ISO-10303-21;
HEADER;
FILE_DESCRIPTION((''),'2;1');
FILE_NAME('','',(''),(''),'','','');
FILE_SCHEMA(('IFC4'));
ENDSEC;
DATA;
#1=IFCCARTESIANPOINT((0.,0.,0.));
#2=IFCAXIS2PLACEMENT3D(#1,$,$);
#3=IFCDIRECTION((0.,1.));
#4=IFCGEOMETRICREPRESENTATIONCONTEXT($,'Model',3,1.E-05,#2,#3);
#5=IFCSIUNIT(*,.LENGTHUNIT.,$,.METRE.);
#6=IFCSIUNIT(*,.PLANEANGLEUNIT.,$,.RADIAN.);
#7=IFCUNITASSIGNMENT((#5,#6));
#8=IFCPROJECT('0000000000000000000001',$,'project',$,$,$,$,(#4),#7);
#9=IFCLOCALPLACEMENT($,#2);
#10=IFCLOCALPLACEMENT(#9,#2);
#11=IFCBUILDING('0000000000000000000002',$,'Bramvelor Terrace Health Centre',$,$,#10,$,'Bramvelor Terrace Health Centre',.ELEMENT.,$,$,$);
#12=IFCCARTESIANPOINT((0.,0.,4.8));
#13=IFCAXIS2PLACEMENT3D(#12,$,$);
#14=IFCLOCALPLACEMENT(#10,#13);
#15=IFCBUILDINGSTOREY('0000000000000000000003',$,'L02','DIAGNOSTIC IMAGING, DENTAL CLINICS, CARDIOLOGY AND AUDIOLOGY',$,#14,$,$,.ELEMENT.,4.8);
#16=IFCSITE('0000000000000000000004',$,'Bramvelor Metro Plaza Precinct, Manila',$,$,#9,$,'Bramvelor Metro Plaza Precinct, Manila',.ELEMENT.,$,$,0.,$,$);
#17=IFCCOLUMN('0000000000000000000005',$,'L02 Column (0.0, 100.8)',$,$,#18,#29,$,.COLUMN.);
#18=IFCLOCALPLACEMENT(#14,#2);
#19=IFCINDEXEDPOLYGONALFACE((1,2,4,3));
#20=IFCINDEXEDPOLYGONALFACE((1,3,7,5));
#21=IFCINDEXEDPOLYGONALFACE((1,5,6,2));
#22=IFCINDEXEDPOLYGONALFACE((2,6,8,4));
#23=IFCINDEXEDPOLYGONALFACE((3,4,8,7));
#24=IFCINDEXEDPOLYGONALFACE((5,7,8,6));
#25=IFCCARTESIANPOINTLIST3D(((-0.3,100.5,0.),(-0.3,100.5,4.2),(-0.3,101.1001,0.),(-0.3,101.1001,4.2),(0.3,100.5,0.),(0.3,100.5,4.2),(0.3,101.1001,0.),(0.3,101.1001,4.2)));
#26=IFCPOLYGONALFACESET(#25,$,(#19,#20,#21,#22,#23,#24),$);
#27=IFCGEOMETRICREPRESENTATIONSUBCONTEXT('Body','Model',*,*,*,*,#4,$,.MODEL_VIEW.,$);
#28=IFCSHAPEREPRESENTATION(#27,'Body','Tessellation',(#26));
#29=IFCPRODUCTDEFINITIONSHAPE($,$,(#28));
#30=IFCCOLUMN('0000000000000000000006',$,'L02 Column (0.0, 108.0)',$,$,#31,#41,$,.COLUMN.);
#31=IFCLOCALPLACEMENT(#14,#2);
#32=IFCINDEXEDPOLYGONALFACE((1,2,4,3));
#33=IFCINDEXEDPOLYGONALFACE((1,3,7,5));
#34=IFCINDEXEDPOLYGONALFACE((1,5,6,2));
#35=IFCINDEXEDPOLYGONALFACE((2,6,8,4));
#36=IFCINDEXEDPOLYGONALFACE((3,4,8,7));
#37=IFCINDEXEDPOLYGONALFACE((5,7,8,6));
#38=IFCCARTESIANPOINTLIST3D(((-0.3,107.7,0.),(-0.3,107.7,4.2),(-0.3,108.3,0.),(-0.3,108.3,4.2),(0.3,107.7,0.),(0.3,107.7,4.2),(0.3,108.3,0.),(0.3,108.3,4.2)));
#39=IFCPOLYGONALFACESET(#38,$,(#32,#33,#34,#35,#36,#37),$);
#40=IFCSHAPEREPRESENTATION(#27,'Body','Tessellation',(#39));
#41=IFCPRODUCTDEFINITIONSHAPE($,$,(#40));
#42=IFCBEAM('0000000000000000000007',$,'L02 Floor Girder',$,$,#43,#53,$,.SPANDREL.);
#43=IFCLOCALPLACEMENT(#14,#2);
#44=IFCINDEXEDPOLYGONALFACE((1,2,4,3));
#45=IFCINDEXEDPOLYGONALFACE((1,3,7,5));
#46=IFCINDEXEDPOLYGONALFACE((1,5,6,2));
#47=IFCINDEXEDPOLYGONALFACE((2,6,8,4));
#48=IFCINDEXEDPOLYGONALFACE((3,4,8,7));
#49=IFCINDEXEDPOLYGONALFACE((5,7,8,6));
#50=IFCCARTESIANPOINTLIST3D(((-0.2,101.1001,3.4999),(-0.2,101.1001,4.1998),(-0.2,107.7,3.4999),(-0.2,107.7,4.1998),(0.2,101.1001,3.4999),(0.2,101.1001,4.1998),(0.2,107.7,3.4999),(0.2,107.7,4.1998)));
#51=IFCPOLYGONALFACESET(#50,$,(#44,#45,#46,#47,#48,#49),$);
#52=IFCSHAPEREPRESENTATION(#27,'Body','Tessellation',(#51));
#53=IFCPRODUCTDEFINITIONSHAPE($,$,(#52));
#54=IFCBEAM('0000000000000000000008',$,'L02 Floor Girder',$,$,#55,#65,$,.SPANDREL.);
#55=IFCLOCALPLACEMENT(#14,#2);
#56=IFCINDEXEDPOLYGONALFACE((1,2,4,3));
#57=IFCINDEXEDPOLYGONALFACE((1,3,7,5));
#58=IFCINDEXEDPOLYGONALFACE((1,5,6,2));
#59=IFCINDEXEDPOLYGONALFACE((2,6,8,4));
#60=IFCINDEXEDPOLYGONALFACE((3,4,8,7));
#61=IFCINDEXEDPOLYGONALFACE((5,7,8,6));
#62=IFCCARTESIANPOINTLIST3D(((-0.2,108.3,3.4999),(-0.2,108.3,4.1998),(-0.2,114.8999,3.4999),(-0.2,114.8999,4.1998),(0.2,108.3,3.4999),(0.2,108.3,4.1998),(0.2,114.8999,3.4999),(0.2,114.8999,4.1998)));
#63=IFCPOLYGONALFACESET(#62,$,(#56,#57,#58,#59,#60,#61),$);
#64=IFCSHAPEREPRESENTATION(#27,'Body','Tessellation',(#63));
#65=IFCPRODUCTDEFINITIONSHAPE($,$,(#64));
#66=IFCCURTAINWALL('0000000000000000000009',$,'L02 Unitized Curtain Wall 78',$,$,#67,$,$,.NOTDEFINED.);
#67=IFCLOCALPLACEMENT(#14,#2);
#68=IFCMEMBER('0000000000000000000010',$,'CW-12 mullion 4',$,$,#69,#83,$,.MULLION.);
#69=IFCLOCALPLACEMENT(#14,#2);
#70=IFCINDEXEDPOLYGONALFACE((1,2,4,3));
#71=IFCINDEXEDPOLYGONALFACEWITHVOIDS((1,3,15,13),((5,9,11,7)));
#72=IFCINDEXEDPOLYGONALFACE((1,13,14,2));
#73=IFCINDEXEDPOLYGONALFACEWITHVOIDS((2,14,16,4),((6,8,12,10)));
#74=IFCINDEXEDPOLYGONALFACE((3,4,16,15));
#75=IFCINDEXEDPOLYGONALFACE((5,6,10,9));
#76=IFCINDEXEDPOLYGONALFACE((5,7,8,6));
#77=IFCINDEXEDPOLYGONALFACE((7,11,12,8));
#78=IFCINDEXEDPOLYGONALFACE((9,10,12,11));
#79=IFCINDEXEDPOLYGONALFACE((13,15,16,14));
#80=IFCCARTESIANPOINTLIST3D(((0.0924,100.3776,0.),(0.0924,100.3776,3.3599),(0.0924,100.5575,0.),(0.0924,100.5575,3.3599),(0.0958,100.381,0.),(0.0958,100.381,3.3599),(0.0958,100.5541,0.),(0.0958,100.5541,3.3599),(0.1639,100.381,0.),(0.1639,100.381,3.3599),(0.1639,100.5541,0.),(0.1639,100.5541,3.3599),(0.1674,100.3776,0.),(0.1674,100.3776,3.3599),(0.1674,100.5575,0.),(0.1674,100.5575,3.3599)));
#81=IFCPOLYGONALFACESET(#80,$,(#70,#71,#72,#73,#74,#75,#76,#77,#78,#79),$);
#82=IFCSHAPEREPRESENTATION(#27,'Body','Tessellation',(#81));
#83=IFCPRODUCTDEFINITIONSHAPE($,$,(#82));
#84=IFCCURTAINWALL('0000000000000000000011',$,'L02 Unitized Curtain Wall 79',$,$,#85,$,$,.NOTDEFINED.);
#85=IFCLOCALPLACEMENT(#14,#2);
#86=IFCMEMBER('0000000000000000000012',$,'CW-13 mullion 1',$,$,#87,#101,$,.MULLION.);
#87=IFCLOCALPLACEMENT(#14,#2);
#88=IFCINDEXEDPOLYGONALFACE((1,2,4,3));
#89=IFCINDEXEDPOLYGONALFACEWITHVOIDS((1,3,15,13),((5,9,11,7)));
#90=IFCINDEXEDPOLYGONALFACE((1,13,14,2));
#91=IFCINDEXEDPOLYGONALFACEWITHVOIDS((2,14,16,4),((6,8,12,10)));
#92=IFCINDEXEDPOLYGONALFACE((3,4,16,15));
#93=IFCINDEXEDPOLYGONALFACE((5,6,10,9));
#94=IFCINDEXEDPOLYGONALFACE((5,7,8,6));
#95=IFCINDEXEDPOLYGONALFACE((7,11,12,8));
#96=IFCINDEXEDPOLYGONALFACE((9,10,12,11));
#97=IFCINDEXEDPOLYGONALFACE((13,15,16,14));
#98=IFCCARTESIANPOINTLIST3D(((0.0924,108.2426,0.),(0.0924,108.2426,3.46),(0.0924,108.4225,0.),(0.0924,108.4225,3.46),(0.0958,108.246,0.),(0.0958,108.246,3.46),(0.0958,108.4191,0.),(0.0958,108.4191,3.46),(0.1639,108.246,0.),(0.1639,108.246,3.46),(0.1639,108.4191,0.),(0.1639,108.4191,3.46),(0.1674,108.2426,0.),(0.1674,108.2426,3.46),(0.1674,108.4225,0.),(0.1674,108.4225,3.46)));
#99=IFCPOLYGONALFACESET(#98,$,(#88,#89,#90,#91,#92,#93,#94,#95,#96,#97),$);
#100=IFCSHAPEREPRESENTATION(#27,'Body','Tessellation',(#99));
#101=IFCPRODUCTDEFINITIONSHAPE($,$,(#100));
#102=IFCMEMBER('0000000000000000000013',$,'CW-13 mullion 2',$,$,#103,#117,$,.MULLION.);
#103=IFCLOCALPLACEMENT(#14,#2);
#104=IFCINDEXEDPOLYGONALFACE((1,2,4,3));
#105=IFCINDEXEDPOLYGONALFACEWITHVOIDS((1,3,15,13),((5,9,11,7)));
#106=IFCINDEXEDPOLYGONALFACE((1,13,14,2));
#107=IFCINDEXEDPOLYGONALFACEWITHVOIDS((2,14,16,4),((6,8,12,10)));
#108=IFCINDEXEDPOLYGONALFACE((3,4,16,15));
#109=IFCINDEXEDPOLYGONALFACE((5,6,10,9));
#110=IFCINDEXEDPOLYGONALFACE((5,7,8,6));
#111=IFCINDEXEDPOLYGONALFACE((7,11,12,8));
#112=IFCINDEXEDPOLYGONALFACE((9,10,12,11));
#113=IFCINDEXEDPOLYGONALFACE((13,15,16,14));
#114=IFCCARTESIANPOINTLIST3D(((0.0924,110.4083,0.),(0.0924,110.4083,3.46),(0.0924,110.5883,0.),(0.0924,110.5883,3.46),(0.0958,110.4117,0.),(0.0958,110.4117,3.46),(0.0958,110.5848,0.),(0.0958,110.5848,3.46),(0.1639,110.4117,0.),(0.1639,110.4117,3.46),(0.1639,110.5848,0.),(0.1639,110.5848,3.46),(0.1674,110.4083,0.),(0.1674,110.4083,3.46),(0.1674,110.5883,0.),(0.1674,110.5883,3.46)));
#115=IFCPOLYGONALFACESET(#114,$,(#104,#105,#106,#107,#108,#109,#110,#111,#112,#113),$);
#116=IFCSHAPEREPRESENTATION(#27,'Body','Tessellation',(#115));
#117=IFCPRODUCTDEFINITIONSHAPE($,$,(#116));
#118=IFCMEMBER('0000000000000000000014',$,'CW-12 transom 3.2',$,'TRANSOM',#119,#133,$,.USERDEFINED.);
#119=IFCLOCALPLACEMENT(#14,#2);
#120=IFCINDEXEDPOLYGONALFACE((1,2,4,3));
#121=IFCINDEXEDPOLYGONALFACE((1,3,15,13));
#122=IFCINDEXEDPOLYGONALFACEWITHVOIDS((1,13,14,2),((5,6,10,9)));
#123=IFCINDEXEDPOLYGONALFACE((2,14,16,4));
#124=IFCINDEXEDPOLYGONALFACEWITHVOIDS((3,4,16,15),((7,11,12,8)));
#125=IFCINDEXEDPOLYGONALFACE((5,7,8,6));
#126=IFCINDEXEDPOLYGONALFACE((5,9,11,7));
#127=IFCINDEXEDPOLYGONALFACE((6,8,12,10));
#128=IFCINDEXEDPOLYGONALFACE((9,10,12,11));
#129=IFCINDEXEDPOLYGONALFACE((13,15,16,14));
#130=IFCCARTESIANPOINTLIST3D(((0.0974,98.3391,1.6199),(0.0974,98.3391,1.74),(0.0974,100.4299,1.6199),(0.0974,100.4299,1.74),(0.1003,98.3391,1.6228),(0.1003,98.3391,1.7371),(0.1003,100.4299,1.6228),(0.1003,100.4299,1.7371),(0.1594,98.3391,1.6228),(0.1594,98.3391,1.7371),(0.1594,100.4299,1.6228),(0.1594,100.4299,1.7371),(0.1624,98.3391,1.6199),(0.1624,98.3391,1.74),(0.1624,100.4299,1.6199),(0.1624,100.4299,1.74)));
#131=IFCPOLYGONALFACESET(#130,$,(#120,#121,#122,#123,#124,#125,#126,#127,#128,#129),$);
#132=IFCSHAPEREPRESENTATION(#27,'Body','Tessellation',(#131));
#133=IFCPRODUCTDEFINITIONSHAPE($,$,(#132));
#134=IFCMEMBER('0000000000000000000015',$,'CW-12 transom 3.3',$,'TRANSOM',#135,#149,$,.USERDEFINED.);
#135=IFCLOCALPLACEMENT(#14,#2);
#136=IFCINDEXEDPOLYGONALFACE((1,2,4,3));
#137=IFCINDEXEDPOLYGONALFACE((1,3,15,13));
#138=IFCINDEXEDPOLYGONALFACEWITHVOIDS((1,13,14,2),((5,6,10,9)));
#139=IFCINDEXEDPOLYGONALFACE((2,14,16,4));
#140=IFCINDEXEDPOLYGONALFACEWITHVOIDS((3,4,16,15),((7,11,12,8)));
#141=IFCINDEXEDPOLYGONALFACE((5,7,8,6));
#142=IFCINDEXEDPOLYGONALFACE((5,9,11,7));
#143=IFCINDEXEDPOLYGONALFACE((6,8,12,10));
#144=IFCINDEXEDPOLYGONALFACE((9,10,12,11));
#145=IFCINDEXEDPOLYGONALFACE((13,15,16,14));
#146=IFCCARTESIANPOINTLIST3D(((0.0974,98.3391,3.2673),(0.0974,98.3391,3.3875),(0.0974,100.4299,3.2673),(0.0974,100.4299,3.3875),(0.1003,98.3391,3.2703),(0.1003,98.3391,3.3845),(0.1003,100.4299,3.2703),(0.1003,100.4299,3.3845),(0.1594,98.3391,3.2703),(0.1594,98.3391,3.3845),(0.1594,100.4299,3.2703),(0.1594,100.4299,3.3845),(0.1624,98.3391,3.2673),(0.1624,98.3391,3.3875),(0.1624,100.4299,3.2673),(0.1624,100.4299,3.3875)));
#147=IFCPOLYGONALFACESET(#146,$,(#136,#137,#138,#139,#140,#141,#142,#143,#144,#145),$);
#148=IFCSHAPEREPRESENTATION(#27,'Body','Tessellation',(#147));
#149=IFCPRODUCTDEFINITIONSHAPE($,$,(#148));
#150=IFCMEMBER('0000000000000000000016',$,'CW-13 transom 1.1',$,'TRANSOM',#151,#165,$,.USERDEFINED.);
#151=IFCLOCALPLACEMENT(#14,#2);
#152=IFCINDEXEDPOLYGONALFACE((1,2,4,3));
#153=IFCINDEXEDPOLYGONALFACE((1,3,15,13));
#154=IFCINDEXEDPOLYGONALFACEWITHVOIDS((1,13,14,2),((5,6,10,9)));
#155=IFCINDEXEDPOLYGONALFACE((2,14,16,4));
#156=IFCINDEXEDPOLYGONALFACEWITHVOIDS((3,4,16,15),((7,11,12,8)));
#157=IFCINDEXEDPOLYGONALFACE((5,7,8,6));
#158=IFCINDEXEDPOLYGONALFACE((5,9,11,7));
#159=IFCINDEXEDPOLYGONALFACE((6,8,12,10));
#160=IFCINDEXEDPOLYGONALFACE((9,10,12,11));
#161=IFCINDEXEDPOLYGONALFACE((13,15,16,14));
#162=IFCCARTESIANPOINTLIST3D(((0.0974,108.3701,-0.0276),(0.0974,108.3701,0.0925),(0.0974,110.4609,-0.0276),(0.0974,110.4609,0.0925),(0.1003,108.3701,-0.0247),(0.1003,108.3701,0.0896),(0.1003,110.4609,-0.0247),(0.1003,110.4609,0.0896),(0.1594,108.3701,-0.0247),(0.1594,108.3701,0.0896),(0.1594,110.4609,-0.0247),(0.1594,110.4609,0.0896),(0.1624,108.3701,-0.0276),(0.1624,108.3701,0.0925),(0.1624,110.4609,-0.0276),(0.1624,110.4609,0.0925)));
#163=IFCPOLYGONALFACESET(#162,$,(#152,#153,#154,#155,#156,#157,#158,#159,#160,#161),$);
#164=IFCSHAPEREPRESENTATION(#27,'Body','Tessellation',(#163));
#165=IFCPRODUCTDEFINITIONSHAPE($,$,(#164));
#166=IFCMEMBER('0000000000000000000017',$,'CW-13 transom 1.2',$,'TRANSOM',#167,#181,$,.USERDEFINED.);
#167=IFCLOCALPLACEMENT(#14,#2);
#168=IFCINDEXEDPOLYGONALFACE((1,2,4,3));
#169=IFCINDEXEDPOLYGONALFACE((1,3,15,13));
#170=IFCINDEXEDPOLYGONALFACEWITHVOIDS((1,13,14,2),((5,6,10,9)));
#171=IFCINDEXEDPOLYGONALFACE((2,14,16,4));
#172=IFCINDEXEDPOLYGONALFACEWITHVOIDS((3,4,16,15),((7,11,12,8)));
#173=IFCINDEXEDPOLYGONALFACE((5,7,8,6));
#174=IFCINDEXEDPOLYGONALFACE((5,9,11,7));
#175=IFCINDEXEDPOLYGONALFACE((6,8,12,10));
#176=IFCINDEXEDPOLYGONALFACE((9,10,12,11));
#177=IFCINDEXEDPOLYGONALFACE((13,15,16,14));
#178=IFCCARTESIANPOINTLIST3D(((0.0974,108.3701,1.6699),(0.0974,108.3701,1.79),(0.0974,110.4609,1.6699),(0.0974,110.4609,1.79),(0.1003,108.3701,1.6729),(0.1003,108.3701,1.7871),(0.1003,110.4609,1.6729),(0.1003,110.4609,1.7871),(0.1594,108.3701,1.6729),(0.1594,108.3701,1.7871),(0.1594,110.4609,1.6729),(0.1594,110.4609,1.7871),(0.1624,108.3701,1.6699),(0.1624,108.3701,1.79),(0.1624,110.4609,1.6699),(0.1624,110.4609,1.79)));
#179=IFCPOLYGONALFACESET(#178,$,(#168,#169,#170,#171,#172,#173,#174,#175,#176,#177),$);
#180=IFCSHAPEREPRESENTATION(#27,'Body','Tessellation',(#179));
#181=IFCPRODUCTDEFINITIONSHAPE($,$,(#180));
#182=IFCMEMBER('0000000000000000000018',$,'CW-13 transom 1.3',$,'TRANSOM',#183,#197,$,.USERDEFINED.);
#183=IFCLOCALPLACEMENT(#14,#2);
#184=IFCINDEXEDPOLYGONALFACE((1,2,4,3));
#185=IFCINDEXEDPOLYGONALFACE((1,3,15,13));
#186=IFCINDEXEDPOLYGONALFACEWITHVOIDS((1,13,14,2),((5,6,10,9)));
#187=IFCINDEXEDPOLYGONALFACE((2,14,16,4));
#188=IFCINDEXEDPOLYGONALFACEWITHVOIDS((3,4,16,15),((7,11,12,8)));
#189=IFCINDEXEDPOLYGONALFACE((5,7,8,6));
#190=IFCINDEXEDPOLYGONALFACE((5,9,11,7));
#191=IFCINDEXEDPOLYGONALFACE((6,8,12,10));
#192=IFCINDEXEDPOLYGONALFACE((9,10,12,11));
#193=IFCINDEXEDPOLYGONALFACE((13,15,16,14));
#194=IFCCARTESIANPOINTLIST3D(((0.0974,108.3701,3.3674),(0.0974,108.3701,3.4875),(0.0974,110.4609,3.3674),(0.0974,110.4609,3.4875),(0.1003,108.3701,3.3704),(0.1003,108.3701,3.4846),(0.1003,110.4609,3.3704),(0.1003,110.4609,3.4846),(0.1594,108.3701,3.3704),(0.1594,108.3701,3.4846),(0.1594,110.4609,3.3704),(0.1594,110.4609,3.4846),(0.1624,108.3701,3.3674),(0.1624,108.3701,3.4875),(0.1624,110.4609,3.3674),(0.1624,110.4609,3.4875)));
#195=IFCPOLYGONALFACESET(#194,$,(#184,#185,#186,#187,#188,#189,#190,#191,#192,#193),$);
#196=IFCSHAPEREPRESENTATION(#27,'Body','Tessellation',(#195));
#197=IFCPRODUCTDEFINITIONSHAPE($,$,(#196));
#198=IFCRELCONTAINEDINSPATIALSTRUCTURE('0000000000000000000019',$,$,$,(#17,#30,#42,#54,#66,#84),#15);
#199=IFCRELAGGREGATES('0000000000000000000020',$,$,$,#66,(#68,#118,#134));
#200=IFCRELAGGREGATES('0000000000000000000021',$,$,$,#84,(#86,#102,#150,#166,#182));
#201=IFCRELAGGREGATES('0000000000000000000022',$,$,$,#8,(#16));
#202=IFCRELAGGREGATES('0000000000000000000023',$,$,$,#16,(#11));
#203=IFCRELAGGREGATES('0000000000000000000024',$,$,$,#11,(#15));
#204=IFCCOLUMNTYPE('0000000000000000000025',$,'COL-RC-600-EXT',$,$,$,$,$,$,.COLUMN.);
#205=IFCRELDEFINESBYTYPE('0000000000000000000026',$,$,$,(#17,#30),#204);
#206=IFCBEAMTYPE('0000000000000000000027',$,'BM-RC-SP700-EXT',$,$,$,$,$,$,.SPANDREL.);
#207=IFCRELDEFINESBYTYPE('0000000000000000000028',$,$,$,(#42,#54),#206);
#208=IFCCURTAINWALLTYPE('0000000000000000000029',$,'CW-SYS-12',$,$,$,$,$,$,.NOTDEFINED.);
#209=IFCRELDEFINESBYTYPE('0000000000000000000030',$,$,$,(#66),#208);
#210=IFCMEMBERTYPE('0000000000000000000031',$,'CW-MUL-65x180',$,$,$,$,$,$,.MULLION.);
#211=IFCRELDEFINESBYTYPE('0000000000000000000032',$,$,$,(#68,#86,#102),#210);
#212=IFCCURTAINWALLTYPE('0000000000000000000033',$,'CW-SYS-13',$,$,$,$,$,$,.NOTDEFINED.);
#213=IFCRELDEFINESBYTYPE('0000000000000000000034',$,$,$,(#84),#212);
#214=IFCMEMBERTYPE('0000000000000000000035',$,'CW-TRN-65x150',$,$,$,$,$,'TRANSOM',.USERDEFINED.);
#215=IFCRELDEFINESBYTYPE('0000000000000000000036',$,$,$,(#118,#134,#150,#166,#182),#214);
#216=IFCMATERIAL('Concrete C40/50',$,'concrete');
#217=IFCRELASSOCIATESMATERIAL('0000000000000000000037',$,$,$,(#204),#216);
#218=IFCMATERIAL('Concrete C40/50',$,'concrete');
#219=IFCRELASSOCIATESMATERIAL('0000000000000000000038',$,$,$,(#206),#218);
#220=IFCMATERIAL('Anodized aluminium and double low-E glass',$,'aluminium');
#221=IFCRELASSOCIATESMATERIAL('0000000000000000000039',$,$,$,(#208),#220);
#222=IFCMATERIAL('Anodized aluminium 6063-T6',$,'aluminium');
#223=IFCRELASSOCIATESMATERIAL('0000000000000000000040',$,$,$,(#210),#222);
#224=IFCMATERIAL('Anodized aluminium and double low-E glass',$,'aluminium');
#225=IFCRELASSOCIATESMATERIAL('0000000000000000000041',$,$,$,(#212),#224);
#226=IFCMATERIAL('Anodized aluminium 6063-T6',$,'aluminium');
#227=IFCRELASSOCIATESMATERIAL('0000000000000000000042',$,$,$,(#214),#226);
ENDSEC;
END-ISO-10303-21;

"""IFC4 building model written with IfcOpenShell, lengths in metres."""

from ifc_helpers import new_model, si_unit, direction, frame, origin, origin_2d, place, context, subcontext, project, spatial, rectangle, hollow_rectangle, extrude, material, material_profile, profile_set, type_object, element, aggregate, save


model = new_model("IFC4")

# Units and contexts
model_context = context("Model", 3, precision=1e-05, world=origin(), true_north=direction((0.0, 1.0)))
body_context = subcontext(model_context, "Body", "Model", "MODEL_VIEW")
ifc_project = project(units=[si_unit("LENGTHUNIT", "METRE"), si_unit("PLANEANGLEUNIT", "RADIAN")], contexts=[model_context])

# Site, building, storey
site_placement = place(None, origin())
site = spatial("IfcSite", under=ifc_project, at=site_placement, Name="Bramvelor Metro Plaza Precinct, Manila", LongName="Bramvelor Metro Plaza Precinct, Manila", CompositionType="ELEMENT", RefElevation=0.0)
building_placement = place(site_placement, origin())
building = spatial("IfcBuilding", under=site, at=building_placement, Name="Bramvelor Terrace Health Centre", LongName="Bramvelor Terrace Health Centre", CompositionType="ELEMENT")
storey_placement = place(building_placement, frame((0.0, 0.0, 4.8)))
storey = spatial("IfcBuildingStorey", under=building, at=storey_placement, Name="L02", Description="DIAGNOSTIC IMAGING, DENTAL CLINICS, CARDIOLOGY AND AUDIOLOGY", CompositionType="ELEMENT", Elevation=4.8)

# Columns
ifc_material_1 = material(Name="Concrete C40/50", Category="concrete")
ifc_material_profile_1 = material_profile(ifc_material_1, rectangle(XDim=0.6001, YDim=0.6001, at=origin_2d()), Name="RC 600x600")
ifc_profile_set_1 = profile_set([ifc_material_profile_1], Name="Concrete C40/50")
column_type = type_object("IfcColumnType", Name="COL-RC-600-EXT", PredefinedType="COLUMN", material=ifc_profile_set_1)
for number, where, z_axis, x_axis, name in (
    (1, (0.0, 100.8, 0.0), (0.0, 0.0, 1.0), (1.0, 0.0, 0.0), "L02 Column (0.0, 100.8)"),
    (2, (0.0, 108.0, 0.0), (0.0, 0.0, 1.0), (1.0, 0.0, 0.0), "L02 Column (0.0, 108.0)"),
):
    element("IfcColumn", number, at=place(storey_placement, frame(where, z_axis=z_axis, x_axis=x_axis)), inside=storey, type_object=column_type, Name=name, PredefinedType="COLUMN", context=body_context, shape_type="SweptSolid", body=[
        extrude(rectangle(XDim=0.6001, YDim=0.6001, at=origin_2d()), origin(), (0.0, 0.0, 1.0), 4.2),
    ])

# Beams
ifc_material_2 = material(Name="Concrete C40/50", Category="concrete")
ifc_material_profile_2 = material_profile(ifc_material_2, rectangle(XDim=0.3999, YDim=0.7, at=origin_2d()), Name="RC 400x700")
ifc_profile_set_2 = profile_set([ifc_material_profile_2], Name="Concrete C40/50")
beam_type = type_object("IfcBeamType", Name="BM-RC-SP700-EXT", PredefinedType="SPANDREL", material=ifc_profile_set_2)
for number, where, z_axis, x_axis, name in (
    (3, (0.0, 101.1001, 3.8499), (0.0, 1.0, 0.0), (-1.0, 0.0, 0.0), "L02 Floor Girder"),
    (4, (0.0, 108.3, 3.8499), (0.0, 1.0, 0.0), (-1.0, 0.0, 0.0), "L02 Floor Girder"),
):
    element("IfcBeam", number, at=place(storey_placement, frame(where, z_axis=z_axis, x_axis=x_axis)), inside=storey, type_object=beam_type, Name=name, PredefinedType="SPANDREL", context=body_context, shape_type="SweptSolid", body=[
        extrude(rectangle(XDim=0.3999, YDim=0.7, at=origin_2d()), origin(), (0.0, 0.0, 1.0), 6.5999),
    ])

# Curtain wall, member
ifc_material_3 = material(Name="Anodized aluminium and double low-E glass", Category="aluminium")
curtain_wall_type_1 = type_object("IfcCurtainWallType", Name="CW-SYS-12", PredefinedType="NOTDEFINED", material=ifc_material_3)
curtain_wall_1_placement = place(storey_placement, origin())
curtain_wall_1 = element("IfcCurtainWall", 5, at=curtain_wall_1_placement, inside=storey, type_object=curtain_wall_type_1, Name="L02 Unitized Curtain Wall 78", PredefinedType="NOTDEFINED")
ifc_material_4 = material(Name="Anodized aluminium 6063-T6", Category="aluminium")
ifc_material_profile_3 = material_profile(ifc_material_4, hollow_rectangle(XDim=0.075, YDim=0.1799, WallThickness=0.0034, at=origin_2d()), Name="ALU-MUL 75x180x3.5")
ifc_profile_set_3 = profile_set([ifc_material_profile_3], Name="Anodized aluminium 6063-T6")
member_type_1 = type_object("IfcMemberType", Name="CW-MUL-65x180", PredefinedType="MULLION", material=ifc_profile_set_3)
member_1_placement = place(storey_placement, frame((0.1299, 100.4675, 0.0), z_axis=(0.0, 0.0, 1.0), x_axis=(-1.0, 0.0, 0.0)))
member_1 = element("IfcMember", 6, at=member_1_placement, type_object=member_type_1, Name="CW-12 mullion 4", PredefinedType="MULLION", context=body_context, shape_type="SweptSolid", body=[
    extrude(hollow_rectangle(XDim=0.075, YDim=0.1799, WallThickness=0.0034, at=origin_2d()), origin(), (0.0, 0.0, 1.0), 3.3599),
])

# Curtain wall, members
ifc_material_5 = material(Name="Anodized aluminium and double low-E glass", Category="aluminium")
curtain_wall_type_2 = type_object("IfcCurtainWallType", Name="CW-SYS-13", PredefinedType="NOTDEFINED", material=ifc_material_5)
curtain_wall_2_placement = place(storey_placement, origin())
curtain_wall_2 = element("IfcCurtainWall", 7, at=curtain_wall_2_placement, inside=storey, type_object=curtain_wall_type_2, Name="L02 Unitized Curtain Wall 79", PredefinedType="NOTDEFINED")
member_2_placement = place(storey_placement, frame((0.1299, 108.3325, 0.0), z_axis=(0.0, 0.0, 1.0), x_axis=(-1.0, 0.0, 0.0)))
member_2 = element("IfcMember", 8, at=member_2_placement, type_object=member_type_1, Name="CW-13 mullion 1", PredefinedType="MULLION", context=body_context, shape_type="SweptSolid", body=[
    extrude(hollow_rectangle(XDim=0.075, YDim=0.1799, WallThickness=0.0034, at=origin_2d()), origin(), (0.0, 0.0, 1.0), 3.46),
])
member_3_placement = place(storey_placement, frame((0.1299, 110.4983, 0.0), z_axis=(0.0, 0.0, 1.0), x_axis=(-1.0, 0.0, 0.0)))
member_3 = element("IfcMember", 9, at=member_3_placement, type_object=member_type_1, Name="CW-13 mullion 2", PredefinedType="MULLION", context=body_context, shape_type="SweptSolid", body=[
    extrude(hollow_rectangle(XDim=0.075, YDim=0.1799, WallThickness=0.0034, at=origin_2d()), origin(), (0.0, 0.0, 1.0), 3.46),
])

# Members
ifc_material_6 = material(Name="Anodized aluminium 6063-T6", Category="aluminium")
ifc_material_profile_4 = material_profile(ifc_material_6, hollow_rectangle(XDim=0.0649, YDim=0.1201, WallThickness=0.0029, at=origin_2d()), Name="ALU-TRN 65x120x3.0")
ifc_profile_set_4 = profile_set([ifc_material_profile_4], Name="Anodized aluminium 6063-T6")
member_type_2 = type_object("IfcMemberType", Name="CW-TRN-65x150", ElementType="TRANSOM", PredefinedType="USERDEFINED", material=ifc_profile_set_4)
member_4_placement = place(storey_placement, frame((0.1299, 98.3391, 1.6799), z_axis=(0.0, 1.0, 0.0), x_axis=(-1.0, 0.0, 0.0)))
member_4 = element("IfcMember", 10, at=member_4_placement, type_object=member_type_2, Name="CW-12 transom 3.2", ObjectType="TRANSOM", PredefinedType="USERDEFINED", context=body_context, shape_type="SweptSolid", body=[
    extrude(hollow_rectangle(XDim=0.0649, YDim=0.1201, WallThickness=0.0029, at=origin_2d()), origin(), (0.0, 0.0, 1.0), 2.0908),
])
member_5_placement = place(storey_placement, frame((0.1299, 98.3391, 3.3274), z_axis=(0.0, 1.0, 0.0), x_axis=(-1.0, 0.0, 0.0)))
member_5 = element("IfcMember", 11, at=member_5_placement, type_object=member_type_2, Name="CW-12 transom 3.3", ObjectType="TRANSOM", PredefinedType="USERDEFINED", context=body_context, shape_type="SweptSolid", body=[
    extrude(hollow_rectangle(XDim=0.0649, YDim=0.1201, WallThickness=0.0029, at=origin_2d()), origin(), (0.0, 0.0, 1.0), 2.0908),
])
member_6_placement = place(storey_placement, frame((0.1299, 108.3701, 0.0325), z_axis=(0.0, 1.0, 0.0), x_axis=(-1.0, 0.0, 0.0)))
member_6 = element("IfcMember", 12, at=member_6_placement, type_object=member_type_2, Name="CW-13 transom 1.1", ObjectType="TRANSOM", PredefinedType="USERDEFINED", context=body_context, shape_type="SweptSolid", body=[
    extrude(hollow_rectangle(XDim=0.0649, YDim=0.1201, WallThickness=0.0029, at=origin_2d()), origin(), (0.0, 0.0, 1.0), 2.0908),
])
member_7_placement = place(storey_placement, frame((0.1299, 108.3701, 1.73), z_axis=(0.0, 1.0, 0.0), x_axis=(-1.0, 0.0, 0.0)))
member_7 = element("IfcMember", 13, at=member_7_placement, type_object=member_type_2, Name="CW-13 transom 1.2", ObjectType="TRANSOM", PredefinedType="USERDEFINED", context=body_context, shape_type="SweptSolid", body=[
    extrude(hollow_rectangle(XDim=0.0649, YDim=0.1201, WallThickness=0.0029, at=origin_2d()), origin(), (0.0, 0.0, 1.0), 2.0908),
])
member_8_placement = place(storey_placement, frame((0.1299, 108.3701, 3.4275), z_axis=(0.0, 1.0, 0.0), x_axis=(-1.0, 0.0, 0.0)))
member_8 = element("IfcMember", 14, at=member_8_placement, type_object=member_type_2, Name="CW-13 transom 1.3", ObjectType="TRANSOM", PredefinedType="USERDEFINED", context=body_context, shape_type="SweptSolid", body=[
    extrude(hollow_rectangle(XDim=0.0649, YDim=0.1201, WallThickness=0.0029, at=origin_2d()), origin(), (0.0, 0.0, 1.0), 2.0908),
])

aggregate(curtain_wall_1, [member_1, member_4, member_5])
aggregate(curtain_wall_2, [member_2, member_3, member_6, member_7, member_8])

save(model, "model.ifc")
